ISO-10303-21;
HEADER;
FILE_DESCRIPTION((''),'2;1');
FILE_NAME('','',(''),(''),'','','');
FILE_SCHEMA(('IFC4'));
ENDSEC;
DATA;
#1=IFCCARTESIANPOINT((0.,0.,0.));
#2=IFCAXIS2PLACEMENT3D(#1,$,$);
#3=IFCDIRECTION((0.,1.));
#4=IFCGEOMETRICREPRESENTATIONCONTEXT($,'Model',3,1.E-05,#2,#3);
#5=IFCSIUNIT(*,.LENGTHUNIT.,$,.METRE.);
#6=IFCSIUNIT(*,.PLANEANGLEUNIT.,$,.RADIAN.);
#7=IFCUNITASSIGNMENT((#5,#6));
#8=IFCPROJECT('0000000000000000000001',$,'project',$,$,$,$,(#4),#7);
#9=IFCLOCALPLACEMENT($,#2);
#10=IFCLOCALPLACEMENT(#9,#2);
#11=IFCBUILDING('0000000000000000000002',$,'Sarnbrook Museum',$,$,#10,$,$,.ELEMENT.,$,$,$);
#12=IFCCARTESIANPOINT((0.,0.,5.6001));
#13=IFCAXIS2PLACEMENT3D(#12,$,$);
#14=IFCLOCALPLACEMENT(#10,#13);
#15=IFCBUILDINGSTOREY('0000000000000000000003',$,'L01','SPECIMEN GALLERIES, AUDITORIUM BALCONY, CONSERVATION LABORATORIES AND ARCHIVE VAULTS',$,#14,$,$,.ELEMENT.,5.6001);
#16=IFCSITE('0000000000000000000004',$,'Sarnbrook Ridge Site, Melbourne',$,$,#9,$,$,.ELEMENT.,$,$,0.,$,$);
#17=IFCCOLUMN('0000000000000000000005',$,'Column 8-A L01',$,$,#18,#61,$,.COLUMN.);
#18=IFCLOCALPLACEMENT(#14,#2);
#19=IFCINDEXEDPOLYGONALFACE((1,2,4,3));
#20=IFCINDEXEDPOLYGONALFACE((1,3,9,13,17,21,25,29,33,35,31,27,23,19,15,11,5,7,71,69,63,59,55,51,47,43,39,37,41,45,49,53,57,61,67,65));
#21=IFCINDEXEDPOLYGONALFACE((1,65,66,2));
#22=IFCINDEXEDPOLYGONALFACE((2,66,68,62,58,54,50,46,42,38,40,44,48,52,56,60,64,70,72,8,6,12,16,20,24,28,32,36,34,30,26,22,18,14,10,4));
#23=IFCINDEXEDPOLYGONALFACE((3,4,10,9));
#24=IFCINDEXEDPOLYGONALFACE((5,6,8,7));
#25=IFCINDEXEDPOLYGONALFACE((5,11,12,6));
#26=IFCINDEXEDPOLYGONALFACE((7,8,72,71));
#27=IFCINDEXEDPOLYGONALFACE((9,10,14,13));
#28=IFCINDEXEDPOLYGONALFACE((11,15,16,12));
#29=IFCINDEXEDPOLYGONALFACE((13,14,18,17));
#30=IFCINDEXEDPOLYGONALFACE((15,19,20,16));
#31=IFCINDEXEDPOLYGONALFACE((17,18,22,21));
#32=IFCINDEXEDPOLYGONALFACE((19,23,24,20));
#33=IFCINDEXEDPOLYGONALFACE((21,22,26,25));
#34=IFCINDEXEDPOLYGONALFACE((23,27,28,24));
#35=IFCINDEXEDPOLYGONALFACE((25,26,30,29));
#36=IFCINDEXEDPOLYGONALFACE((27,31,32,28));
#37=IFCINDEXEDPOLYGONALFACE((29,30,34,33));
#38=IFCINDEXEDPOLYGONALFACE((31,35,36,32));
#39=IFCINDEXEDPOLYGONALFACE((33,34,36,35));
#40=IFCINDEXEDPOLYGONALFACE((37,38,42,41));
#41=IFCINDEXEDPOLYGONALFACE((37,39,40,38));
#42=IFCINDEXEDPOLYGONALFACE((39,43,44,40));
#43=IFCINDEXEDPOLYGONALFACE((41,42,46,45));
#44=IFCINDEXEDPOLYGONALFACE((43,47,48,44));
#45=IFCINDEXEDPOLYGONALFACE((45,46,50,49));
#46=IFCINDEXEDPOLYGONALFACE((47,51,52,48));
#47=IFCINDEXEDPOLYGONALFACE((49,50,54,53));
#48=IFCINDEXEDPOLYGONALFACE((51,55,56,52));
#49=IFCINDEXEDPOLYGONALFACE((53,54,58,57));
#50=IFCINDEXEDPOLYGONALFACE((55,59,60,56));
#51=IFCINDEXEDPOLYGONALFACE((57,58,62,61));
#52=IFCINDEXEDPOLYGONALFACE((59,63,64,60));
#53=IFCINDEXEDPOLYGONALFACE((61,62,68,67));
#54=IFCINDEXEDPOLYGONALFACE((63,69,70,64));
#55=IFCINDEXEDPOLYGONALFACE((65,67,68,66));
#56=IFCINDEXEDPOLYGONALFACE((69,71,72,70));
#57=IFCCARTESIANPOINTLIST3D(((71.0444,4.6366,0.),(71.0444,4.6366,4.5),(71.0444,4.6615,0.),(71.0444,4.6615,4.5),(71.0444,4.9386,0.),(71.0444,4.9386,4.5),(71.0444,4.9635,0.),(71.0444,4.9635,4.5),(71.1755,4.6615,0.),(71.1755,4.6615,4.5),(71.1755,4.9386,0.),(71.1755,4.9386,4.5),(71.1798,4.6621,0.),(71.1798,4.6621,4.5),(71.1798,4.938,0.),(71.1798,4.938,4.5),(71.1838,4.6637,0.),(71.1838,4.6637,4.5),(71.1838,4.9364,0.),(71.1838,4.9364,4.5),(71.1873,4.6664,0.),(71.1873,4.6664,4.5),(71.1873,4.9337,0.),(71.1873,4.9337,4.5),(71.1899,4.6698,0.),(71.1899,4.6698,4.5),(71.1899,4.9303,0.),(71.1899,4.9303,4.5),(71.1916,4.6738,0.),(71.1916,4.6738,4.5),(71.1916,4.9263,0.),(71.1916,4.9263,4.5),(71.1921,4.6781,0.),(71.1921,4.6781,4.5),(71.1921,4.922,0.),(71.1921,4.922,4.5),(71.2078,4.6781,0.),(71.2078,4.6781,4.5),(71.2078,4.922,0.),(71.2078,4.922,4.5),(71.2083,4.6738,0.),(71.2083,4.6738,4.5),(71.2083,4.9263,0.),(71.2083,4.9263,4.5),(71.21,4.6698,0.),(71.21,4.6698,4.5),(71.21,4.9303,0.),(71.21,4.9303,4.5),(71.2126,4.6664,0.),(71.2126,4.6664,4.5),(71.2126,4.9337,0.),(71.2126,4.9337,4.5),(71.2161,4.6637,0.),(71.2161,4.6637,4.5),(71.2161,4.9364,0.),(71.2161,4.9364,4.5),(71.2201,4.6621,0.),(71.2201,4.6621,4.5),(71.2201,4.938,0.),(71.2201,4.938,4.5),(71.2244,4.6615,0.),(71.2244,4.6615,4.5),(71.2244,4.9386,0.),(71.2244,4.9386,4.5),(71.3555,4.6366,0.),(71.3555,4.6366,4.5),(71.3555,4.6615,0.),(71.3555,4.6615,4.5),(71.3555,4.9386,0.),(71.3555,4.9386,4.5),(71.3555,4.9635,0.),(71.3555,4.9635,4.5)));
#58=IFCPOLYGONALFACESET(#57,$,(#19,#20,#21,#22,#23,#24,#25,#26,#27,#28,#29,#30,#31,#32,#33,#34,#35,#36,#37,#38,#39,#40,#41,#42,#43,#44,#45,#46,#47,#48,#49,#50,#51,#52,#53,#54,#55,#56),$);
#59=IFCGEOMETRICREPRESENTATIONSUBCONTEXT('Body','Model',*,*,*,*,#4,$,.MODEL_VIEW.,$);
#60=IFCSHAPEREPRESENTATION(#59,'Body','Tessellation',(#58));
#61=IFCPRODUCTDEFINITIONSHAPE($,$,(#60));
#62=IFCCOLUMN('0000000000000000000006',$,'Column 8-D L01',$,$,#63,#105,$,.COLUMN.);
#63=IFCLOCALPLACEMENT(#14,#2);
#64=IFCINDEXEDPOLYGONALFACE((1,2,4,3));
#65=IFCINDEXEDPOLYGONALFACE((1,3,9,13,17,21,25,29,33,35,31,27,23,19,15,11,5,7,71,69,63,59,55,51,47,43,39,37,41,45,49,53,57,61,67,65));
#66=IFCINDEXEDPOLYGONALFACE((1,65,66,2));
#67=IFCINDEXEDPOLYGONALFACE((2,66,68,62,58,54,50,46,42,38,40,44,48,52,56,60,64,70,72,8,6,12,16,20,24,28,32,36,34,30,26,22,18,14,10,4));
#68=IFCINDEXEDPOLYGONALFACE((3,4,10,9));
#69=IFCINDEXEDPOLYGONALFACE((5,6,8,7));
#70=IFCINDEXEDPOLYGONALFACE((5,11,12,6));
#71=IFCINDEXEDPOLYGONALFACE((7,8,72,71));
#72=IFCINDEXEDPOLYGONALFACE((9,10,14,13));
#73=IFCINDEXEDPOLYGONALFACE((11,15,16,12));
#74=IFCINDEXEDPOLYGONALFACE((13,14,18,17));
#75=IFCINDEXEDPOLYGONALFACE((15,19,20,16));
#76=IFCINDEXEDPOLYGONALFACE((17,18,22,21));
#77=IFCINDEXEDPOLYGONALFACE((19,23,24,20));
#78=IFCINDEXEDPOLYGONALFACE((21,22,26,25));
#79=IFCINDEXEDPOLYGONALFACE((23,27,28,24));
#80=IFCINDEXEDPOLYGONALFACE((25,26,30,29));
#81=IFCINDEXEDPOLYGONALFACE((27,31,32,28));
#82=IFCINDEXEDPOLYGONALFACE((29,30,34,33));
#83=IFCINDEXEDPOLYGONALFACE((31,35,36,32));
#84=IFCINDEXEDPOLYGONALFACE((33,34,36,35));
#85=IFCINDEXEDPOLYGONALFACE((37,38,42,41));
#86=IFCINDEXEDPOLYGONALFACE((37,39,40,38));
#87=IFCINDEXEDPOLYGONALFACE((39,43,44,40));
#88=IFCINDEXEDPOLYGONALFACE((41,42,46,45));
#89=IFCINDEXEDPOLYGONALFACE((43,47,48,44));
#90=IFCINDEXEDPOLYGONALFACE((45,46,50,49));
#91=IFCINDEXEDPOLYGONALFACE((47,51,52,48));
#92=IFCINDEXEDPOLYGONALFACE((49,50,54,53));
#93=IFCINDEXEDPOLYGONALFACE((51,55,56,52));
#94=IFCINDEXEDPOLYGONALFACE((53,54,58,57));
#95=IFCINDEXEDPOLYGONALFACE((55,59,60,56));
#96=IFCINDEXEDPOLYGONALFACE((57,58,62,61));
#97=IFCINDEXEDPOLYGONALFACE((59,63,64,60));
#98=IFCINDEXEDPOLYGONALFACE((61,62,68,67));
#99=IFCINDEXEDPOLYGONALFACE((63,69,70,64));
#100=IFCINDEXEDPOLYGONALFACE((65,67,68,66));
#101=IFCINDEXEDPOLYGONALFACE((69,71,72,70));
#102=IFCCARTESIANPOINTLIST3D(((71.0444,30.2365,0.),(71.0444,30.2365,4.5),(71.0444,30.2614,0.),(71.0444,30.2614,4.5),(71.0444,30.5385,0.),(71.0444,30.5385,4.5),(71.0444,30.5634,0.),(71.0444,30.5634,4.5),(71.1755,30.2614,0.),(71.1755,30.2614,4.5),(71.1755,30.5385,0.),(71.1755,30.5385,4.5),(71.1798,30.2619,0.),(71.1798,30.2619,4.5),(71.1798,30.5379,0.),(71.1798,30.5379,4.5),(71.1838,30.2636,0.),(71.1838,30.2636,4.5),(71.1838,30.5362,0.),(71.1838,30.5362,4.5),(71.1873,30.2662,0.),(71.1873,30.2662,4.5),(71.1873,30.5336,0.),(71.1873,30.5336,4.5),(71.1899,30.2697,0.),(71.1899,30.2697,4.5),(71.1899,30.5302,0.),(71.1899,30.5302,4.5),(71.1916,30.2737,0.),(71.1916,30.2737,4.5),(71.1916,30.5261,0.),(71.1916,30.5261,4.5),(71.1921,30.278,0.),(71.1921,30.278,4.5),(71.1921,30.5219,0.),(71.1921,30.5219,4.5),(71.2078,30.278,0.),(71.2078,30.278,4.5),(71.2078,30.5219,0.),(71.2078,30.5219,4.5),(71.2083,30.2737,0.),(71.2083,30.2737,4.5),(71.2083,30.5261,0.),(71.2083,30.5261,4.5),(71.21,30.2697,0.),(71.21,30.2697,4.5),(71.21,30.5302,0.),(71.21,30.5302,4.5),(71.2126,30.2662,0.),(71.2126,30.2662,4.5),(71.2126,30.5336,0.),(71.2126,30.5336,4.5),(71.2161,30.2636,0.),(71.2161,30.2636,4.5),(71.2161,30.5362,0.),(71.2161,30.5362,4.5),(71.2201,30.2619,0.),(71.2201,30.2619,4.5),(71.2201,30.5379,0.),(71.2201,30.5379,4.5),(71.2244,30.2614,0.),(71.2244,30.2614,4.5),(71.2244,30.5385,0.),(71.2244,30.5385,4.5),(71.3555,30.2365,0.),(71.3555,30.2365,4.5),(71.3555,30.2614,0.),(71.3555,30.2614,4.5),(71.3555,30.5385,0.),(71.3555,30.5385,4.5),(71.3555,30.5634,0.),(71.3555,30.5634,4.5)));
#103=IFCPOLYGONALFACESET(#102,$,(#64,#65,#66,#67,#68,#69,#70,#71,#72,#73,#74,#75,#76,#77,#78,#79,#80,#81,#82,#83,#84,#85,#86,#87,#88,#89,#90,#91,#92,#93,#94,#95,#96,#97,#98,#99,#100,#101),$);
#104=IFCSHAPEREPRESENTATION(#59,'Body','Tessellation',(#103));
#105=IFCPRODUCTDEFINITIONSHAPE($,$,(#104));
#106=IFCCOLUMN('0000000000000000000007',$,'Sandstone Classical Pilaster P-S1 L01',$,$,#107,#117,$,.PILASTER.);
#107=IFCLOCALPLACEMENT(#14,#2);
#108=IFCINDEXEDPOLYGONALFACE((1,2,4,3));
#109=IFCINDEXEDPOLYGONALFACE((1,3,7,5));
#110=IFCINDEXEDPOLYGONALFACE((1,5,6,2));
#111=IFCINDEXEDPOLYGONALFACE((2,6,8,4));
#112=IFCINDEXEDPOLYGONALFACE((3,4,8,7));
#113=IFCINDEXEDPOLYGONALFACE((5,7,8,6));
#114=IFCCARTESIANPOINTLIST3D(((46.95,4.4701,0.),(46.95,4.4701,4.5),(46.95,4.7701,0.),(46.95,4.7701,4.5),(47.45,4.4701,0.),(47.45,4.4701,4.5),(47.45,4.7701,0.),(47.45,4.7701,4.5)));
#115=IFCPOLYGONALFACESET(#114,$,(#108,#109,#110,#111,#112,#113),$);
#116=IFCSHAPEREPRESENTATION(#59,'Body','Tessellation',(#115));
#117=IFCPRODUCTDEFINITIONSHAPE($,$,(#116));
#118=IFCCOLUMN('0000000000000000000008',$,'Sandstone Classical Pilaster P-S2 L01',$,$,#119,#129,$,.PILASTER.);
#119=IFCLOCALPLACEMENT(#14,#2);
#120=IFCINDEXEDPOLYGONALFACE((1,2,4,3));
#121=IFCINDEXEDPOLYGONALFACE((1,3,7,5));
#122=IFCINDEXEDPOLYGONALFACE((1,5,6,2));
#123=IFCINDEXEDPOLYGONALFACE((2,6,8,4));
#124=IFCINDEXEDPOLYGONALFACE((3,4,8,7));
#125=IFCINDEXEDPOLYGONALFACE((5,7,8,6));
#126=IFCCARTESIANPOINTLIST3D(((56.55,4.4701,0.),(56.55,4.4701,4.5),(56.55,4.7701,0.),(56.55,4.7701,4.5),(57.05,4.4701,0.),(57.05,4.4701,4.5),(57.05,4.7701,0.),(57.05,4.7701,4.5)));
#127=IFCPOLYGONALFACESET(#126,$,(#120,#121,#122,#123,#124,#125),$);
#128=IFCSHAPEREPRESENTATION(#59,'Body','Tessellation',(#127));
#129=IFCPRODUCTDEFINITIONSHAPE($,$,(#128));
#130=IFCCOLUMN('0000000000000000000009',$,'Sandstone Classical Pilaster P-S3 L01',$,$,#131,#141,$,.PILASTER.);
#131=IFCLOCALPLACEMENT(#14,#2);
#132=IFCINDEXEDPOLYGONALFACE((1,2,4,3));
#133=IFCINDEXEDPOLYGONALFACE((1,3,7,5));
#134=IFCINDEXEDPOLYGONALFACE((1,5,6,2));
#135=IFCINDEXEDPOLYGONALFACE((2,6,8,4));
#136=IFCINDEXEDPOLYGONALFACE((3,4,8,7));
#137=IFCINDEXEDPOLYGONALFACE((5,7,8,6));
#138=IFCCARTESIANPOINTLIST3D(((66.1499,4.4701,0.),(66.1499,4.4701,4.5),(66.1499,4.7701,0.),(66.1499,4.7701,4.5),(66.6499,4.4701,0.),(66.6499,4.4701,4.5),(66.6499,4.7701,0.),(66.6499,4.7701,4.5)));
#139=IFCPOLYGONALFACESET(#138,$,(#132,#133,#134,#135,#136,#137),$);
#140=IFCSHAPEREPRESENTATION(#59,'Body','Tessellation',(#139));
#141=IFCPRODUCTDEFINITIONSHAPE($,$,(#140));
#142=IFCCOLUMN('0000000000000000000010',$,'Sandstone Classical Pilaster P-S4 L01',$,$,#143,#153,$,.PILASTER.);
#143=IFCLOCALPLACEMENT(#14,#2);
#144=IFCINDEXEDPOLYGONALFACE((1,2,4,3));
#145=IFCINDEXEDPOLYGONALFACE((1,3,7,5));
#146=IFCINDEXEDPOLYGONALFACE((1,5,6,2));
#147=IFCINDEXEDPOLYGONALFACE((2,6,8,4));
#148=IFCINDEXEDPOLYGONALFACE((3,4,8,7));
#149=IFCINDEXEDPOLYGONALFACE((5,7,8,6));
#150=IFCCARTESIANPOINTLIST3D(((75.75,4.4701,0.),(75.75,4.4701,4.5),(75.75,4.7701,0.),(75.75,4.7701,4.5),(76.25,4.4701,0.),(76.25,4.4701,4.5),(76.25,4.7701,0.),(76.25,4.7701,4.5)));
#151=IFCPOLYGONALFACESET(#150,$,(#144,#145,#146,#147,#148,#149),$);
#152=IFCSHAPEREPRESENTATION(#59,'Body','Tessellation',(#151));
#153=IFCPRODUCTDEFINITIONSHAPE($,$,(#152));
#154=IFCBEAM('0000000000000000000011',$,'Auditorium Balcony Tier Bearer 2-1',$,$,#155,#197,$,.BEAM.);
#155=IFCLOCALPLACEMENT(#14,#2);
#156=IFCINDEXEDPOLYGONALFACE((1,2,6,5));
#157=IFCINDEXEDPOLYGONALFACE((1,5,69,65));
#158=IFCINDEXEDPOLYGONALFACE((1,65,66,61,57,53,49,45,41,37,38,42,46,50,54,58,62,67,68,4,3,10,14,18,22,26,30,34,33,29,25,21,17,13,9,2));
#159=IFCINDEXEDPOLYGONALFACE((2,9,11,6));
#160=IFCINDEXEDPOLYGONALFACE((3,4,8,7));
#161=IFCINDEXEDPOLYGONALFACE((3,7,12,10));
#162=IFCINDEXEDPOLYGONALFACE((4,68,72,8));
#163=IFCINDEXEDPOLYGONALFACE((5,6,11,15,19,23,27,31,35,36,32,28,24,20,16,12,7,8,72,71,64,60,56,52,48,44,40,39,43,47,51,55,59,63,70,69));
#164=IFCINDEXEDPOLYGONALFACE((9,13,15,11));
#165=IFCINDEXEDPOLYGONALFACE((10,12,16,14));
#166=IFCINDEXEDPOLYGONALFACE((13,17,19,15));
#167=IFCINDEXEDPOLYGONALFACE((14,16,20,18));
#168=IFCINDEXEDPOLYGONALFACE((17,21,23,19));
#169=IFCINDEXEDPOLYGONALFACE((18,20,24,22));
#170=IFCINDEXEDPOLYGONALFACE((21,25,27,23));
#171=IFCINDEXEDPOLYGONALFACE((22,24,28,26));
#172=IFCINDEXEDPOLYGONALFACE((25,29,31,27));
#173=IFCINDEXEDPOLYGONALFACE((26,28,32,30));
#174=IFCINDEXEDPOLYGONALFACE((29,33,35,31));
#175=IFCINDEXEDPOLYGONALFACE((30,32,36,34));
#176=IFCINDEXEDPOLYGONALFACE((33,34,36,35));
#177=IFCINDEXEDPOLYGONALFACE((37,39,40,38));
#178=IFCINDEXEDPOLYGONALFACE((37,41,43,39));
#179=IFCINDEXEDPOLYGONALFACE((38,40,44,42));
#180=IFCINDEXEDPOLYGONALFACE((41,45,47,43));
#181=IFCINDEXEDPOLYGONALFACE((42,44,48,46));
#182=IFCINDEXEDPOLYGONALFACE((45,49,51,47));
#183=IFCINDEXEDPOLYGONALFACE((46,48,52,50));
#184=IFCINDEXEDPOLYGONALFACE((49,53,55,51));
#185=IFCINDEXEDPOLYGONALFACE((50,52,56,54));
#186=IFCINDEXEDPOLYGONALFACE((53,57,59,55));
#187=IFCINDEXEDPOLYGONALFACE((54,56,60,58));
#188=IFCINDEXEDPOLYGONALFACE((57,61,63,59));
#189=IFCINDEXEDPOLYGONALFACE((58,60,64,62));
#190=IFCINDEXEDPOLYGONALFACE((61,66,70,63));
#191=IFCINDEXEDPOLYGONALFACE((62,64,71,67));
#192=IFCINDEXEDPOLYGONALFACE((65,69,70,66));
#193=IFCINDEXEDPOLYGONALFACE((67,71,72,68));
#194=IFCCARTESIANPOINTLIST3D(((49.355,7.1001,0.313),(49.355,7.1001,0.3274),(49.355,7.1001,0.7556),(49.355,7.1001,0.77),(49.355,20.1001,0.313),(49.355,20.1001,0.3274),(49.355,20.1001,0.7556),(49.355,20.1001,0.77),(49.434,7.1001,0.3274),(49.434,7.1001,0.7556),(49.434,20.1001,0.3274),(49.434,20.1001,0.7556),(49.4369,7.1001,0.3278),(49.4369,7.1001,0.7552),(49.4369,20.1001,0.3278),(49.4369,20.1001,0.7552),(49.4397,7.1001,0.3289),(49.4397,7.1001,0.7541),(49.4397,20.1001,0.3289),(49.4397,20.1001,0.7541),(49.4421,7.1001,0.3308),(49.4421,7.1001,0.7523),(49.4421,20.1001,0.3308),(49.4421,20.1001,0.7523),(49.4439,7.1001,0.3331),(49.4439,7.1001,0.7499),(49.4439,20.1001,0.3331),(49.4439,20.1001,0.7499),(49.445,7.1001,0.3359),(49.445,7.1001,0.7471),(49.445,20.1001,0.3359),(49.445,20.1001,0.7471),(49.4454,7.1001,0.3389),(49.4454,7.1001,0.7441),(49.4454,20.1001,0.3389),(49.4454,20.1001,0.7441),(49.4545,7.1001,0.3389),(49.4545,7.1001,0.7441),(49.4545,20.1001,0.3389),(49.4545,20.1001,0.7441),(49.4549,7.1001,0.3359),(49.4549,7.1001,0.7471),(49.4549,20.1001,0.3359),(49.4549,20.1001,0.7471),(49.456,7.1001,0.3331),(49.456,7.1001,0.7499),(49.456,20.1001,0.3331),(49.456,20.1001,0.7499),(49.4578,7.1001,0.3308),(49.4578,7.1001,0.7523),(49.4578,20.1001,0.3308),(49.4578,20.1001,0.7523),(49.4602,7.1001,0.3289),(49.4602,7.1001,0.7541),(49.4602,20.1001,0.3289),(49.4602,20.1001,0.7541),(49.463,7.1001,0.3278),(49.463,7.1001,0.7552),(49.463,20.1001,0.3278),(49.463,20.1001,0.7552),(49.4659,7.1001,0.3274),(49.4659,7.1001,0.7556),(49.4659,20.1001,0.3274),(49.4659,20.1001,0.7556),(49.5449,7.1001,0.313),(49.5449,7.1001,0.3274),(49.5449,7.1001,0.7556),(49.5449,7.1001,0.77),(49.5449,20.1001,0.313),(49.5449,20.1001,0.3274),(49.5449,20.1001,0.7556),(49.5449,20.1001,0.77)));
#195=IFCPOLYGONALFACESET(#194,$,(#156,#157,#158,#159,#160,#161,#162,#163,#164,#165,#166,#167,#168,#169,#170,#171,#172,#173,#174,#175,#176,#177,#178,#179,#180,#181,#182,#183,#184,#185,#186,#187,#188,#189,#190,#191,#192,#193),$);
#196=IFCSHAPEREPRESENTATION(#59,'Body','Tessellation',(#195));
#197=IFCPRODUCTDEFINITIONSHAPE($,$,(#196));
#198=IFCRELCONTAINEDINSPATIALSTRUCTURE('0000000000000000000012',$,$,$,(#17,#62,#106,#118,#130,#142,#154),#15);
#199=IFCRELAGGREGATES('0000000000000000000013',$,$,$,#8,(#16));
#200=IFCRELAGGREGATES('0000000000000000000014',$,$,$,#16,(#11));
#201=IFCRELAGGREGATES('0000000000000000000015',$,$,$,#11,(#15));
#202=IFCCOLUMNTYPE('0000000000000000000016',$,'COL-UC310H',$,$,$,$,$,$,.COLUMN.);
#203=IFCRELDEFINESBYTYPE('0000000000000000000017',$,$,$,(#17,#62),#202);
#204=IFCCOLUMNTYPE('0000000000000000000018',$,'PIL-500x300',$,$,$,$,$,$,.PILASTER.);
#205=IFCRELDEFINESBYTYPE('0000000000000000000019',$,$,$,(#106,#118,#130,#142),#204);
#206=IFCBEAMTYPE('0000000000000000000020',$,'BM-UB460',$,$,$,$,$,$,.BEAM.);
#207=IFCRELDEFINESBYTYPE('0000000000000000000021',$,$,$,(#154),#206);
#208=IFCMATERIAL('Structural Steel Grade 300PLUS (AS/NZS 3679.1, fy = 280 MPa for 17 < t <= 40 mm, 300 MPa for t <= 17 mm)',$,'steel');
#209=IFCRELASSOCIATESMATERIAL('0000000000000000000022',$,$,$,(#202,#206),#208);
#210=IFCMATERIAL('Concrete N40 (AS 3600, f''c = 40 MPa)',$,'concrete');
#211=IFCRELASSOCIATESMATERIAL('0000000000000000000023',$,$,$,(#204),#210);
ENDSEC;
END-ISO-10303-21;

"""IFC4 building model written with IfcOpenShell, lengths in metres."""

from ifc_helpers import new_model, si_unit, direction, frame, origin, origin_2d, place, context, subcontext, project, spatial, rectangle, i_section, extrude, material, material_profile, profile_set, type_object, element, save


model = new_model("IFC4")

# Units and contexts
model_context = context("Model", 3, precision=1e-05, world=origin(), true_north=direction((0.0, 1.0)))
body_context = subcontext(model_context, "Body", "Model", "MODEL_VIEW")
ifc_project = project(units=[si_unit("LENGTHUNIT", "METRE"), si_unit("PLANEANGLEUNIT", "RADIAN")], contexts=[model_context])

# Site, building, storey
site_placement = place(None, origin())
site = spatial("IfcSite", under=ifc_project, at=site_placement, Name="Sarnbrook Ridge Site, Melbourne", CompositionType="ELEMENT", RefElevation=0.0)
building_placement = place(site_placement, origin())
building = spatial("IfcBuilding", under=site, at=building_placement, Name="Sarnbrook Museum", CompositionType="ELEMENT")
storey_placement = place(building_placement, frame((0.0, 0.0, 5.6001)))
storey = spatial("IfcBuildingStorey", under=building, at=storey_placement, Name="L01", Description="SPECIMEN GALLERIES, AUDITORIUM BALCONY, CONSERVATION LABORATORIES AND ARCHIVE VAULTS", CompositionType="ELEMENT", Elevation=5.6001)

# Columns
ifc_material_1 = material(Name="Structural Steel Grade 300PLUS (AS/NZS 3679.1, fy = 280 MPa for 17 < t <= 40 mm, 300 MPa for t <= 17 mm)", Category="steel")
ifc_material_profile_1 = material_profile(ifc_material_1, i_section(OverallWidth=0.311, OverallDepth=0.3269, WebThickness=0.0156, FlangeThickness=0.0249, FilletRadius=0.0166, at=origin_2d()), Name="310UC158")
ifc_profile_set_1 = profile_set([ifc_material_profile_1], Name="Structural Steel Grade 300PLUS (AS/NZS 3679.1, fy = 280 MPa for 17 < t <= 40 mm, 300 MPa for t <= 17 mm)")
column_type_1 = type_object("IfcColumnType", Name="COL-UC310H", PredefinedType="COLUMN", material=ifc_profile_set_1)
for number, where, z_axis, x_axis, name in (
    (1, (71.2, 4.8, 0.0), (0.0, 0.0, 1.0), (1.0, 0.0, 0.0), "Column 8-A L01"),
    (2, (71.2, 30.3999, 0.0), (0.0, 0.0, 1.0), (1.0, 0.0, 0.0), "Column 8-D L01"),
):
    element("IfcColumn", number, at=place(storey_placement, frame(where, z_axis=z_axis, x_axis=x_axis)), inside=storey, type_object=column_type_1, Name=name, PredefinedType="COLUMN", context=body_context, shape_type="SweptSolid", body=[
        extrude(i_section(OverallWidth=0.311, OverallDepth=0.3269, WebThickness=0.0156, FlangeThickness=0.0249, FilletRadius=0.0166, at=origin_2d()), origin(), (0.0, 0.0, 1.0), 4.5),
    ])
ifc_material_2 = material(Name="Concrete N40 (AS 3600, f'c = 40 MPa)", Category="concrete")
ifc_material_profile_2 = material_profile(ifc_material_2, rectangle(XDim=0.5, YDim=0.3, at=origin_2d()), Name="PILASTER 500x300")
ifc_profile_set_2 = profile_set([ifc_material_profile_2], Name="Concrete N40 (AS 3600, f'c = 40 MPa)")
column_type_2 = type_object("IfcColumnType", Name="PIL-500x300", PredefinedType="PILASTER", material=ifc_profile_set_2)
for number, where, z_axis, x_axis, name in (
    (3, (47.2, 4.6201, 0.0), (0.0, 0.0, 1.0), (1.0, 0.0, 0.0), "Sandstone Classical Pilaster P-S1 L01"),
    (4, (56.8, 4.6201, 0.0), (0.0, 0.0, 1.0), (1.0, 0.0, 0.0), "Sandstone Classical Pilaster P-S2 L01"),
    (5, (66.3999, 4.6201, 0.0), (0.0, 0.0, 1.0), (1.0, 0.0, 0.0), "Sandstone Classical Pilaster P-S3 L01"),
    (6, (76.0, 4.6201, 0.0), (0.0, 0.0, 1.0), (1.0, 0.0, 0.0), "Sandstone Classical Pilaster P-S4 L01"),
):
    element("IfcColumn", number, at=place(storey_placement, frame(where, z_axis=z_axis, x_axis=x_axis)), inside=storey, type_object=column_type_2, Name=name, PredefinedType="PILASTER", context=body_context, shape_type="SweptSolid", body=[
        extrude(rectangle(XDim=0.5, YDim=0.3, at=origin_2d()), origin(), (0.0, 0.0, 1.0), 4.5),
    ])

# Beam
ifc_material_profile_3 = material_profile(ifc_material_1, i_section(OverallWidth=0.1899, OverallDepth=0.457, WebThickness=0.009, FlangeThickness=0.0144, FilletRadius=0.0115, at=origin_2d()), Name="460UB74.6")
ifc_profile_set_3 = profile_set([ifc_material_profile_3], Name="Structural Steel Grade 300PLUS (AS/NZS 3679.1, fy = 280 MPa for 17 < t <= 40 mm, 300 MPa for t <= 17 mm)")
beam_type_1 = type_object("IfcBeamType", Name="BM-UB460", PredefinedType="BEAM", material=ifc_profile_set_3)
for number, where, z_axis, x_axis, name in (
    (7, (49.45, 7.1001, 0.5415), (0.0, 1.0, 0.0), (-1.0, 0.0, 0.0), "Auditorium Balcony Tier Bearer 2-1"),
):
    element("IfcBeam", number, at=place(storey_placement, frame(where, z_axis=z_axis, x_axis=x_axis)), inside=storey, type_object=beam_type_1, Name=name, PredefinedType="BEAM", context=body_context, shape_type="SweptSolid", body=[
        extrude(i_section(OverallWidth=0.1899, OverallDepth=0.457, WebThickness=0.009, FlangeThickness=0.0144, FilletRadius=0.0115, at=origin_2d()), origin(), (0.0, 0.0, 1.0), 13.0),
    ])

save(model, "model.ifc")
